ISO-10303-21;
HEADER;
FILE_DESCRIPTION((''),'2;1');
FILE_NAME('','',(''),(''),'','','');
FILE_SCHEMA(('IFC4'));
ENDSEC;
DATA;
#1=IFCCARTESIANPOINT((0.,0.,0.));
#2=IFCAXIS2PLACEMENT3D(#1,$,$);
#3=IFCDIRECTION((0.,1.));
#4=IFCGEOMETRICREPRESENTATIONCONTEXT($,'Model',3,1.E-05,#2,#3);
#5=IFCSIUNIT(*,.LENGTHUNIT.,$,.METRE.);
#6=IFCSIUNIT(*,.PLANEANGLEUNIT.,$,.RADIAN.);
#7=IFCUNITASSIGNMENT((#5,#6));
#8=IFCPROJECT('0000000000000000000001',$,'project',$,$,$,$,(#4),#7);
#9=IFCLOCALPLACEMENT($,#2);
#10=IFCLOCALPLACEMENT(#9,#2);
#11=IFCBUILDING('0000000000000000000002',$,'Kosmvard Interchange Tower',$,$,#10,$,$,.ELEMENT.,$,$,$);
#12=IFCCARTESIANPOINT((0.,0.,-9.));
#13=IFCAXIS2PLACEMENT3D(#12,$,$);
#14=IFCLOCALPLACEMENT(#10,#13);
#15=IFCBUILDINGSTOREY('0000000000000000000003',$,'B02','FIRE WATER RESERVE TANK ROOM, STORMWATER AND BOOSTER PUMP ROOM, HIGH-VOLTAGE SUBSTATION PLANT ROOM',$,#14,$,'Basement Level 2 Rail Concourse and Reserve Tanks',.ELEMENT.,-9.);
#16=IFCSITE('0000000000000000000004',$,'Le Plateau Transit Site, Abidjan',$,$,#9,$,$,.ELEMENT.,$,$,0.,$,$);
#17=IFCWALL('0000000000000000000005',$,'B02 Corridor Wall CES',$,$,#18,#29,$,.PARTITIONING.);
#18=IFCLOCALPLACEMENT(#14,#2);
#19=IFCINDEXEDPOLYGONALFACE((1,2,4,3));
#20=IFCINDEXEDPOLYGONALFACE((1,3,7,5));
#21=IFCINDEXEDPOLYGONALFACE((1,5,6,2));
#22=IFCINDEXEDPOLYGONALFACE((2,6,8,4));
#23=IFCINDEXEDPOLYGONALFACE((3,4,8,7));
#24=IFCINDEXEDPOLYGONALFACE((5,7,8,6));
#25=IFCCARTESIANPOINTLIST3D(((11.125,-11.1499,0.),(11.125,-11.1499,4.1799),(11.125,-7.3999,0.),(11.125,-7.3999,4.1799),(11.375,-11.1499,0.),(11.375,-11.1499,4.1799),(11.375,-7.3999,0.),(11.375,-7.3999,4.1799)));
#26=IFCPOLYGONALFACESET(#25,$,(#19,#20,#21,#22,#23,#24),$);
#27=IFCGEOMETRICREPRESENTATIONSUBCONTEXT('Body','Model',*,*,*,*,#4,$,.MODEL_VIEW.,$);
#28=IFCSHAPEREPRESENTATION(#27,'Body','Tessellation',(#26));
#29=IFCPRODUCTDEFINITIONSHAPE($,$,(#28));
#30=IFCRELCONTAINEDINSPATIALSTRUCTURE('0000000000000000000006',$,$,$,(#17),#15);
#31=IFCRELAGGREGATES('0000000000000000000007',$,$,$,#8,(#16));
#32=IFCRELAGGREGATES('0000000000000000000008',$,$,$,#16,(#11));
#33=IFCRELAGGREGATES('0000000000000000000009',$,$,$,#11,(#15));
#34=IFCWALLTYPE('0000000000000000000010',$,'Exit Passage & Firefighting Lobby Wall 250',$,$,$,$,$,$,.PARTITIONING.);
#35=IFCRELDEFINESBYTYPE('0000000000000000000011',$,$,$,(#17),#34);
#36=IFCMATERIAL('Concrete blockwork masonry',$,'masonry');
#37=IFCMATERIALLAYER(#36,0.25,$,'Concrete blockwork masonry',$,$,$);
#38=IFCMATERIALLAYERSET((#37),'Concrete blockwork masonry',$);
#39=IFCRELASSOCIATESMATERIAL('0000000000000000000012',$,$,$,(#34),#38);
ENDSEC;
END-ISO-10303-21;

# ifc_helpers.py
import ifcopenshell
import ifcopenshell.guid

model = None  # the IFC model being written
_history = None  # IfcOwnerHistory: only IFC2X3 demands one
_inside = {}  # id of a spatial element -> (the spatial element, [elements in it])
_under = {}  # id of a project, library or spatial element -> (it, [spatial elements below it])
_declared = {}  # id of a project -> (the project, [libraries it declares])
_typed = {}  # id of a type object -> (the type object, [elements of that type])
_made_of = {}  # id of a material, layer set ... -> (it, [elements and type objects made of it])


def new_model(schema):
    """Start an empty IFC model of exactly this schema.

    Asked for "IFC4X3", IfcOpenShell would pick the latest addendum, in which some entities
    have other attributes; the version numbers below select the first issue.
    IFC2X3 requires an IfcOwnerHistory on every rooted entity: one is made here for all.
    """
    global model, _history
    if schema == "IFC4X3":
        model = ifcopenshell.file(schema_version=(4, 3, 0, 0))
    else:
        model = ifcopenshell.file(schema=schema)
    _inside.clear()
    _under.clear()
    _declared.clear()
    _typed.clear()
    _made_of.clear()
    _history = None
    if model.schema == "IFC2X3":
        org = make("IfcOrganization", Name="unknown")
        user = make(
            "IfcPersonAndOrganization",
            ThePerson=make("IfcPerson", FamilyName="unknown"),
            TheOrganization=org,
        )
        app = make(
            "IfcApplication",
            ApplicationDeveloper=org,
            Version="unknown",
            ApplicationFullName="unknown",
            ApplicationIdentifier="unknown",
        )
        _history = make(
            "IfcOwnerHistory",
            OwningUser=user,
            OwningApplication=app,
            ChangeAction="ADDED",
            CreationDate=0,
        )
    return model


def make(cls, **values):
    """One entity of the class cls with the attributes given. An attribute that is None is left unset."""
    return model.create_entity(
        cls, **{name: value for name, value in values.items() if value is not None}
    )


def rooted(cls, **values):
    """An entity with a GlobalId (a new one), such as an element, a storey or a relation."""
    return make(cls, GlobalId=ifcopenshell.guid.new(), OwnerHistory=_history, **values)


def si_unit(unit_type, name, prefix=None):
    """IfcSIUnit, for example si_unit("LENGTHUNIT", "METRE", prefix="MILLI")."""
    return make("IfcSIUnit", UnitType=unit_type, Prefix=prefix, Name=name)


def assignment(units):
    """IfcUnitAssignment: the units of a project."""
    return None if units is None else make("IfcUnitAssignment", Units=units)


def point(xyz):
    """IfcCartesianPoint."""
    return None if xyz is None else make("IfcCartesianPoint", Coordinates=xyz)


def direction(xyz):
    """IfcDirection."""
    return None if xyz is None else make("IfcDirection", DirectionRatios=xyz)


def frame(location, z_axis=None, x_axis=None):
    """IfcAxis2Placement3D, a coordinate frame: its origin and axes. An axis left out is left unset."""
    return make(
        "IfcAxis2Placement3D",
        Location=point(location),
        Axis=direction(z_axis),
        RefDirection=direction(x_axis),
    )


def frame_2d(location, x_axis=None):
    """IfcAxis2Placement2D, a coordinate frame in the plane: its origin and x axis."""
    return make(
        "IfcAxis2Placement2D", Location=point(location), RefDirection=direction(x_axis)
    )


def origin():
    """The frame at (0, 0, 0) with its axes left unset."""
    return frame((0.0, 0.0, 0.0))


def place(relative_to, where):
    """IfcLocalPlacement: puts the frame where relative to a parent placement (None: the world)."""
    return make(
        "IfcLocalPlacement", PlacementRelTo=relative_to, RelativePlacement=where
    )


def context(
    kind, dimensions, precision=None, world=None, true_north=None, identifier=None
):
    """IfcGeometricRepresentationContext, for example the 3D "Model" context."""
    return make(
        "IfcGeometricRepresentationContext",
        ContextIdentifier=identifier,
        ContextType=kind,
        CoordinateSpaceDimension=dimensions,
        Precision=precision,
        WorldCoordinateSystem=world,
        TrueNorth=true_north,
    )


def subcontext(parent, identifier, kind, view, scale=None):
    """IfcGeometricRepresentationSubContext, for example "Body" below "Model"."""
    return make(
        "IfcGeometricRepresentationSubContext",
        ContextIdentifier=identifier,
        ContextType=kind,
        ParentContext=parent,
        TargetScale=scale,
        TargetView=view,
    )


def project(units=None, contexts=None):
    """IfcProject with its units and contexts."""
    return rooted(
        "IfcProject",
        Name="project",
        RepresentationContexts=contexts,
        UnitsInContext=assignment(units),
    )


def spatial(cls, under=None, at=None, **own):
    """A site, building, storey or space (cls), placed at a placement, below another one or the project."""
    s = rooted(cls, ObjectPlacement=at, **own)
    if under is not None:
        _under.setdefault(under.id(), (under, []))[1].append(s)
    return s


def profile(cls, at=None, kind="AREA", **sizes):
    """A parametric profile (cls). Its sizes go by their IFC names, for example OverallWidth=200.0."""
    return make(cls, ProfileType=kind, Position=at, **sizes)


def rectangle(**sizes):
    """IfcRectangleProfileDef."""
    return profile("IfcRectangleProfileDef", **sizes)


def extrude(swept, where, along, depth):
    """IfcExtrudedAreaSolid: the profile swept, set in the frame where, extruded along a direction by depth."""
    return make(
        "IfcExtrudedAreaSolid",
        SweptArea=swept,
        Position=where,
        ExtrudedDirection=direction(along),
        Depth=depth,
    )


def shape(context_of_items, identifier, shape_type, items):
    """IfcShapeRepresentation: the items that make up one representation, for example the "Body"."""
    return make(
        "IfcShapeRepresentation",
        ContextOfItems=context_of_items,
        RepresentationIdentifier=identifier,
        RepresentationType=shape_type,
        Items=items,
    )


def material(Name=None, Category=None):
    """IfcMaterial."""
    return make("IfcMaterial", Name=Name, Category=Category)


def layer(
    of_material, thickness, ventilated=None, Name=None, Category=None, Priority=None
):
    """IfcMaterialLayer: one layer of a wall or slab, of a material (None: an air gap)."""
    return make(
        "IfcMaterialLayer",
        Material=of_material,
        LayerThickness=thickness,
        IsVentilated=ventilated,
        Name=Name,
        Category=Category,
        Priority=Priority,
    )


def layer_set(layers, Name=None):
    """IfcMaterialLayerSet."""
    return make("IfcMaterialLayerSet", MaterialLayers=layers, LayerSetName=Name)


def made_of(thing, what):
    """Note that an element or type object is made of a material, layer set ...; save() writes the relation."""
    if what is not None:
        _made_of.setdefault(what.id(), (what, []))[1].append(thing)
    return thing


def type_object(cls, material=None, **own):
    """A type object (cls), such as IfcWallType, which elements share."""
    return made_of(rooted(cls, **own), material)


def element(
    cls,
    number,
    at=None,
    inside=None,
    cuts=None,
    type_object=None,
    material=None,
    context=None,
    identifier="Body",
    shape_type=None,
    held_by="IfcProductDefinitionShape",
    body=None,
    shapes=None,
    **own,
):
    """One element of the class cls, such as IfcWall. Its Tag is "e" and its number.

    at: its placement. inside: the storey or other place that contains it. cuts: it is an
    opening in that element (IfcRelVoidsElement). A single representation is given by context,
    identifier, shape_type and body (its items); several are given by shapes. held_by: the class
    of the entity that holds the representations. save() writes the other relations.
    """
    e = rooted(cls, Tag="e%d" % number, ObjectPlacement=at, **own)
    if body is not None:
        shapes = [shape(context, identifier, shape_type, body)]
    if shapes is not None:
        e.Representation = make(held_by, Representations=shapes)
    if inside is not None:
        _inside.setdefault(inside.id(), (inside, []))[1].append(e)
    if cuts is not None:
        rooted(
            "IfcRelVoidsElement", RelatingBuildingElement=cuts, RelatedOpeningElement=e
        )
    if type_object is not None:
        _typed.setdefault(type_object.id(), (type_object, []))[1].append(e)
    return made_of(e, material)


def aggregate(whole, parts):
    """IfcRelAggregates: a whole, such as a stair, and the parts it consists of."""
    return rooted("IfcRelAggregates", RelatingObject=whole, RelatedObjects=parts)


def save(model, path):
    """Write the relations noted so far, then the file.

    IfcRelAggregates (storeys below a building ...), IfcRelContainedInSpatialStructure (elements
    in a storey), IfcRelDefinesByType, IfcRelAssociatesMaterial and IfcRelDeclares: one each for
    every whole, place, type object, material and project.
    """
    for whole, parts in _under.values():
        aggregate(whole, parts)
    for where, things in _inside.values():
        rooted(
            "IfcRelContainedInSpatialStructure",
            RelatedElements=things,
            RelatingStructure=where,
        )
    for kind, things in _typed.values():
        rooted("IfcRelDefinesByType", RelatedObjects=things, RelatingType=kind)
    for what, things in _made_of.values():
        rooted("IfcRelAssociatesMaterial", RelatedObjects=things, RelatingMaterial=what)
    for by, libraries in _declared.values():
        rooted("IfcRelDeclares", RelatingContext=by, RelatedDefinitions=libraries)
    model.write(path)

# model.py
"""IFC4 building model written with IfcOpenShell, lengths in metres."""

from ifc_helpers import new_model, si_unit, direction, frame, frame_2d, origin, place, context, subcontext, project, spatial, rectangle, extrude, material, layer, layer_set, type_object, element, save


model = new_model("IFC4")

# Units and contexts
model_context = context("Model", 3, precision=1e-05, world=origin(), true_north=direction((0.0, 1.0)))
body_context = subcontext(model_context, "Body", "Model", "MODEL_VIEW")
ifc_project = project(units=[si_unit("LENGTHUNIT", "METRE"), si_unit("PLANEANGLEUNIT", "RADIAN")], contexts=[model_context])

# Site, building, storey
site_placement = place(None, origin())
site = spatial("IfcSite", under=ifc_project, at=site_placement, Name="Le Plateau Transit Site, Abidjan", CompositionType="ELEMENT", RefElevation=0.0)
building_placement = place(site_placement, origin())
building = spatial("IfcBuilding", under=site, at=building_placement, Name="Kosmvard Interchange Tower", CompositionType="ELEMENT")
storey_placement = place(building_placement, frame((0.0, 0.0, -9.0)))
storey = spatial("IfcBuildingStorey", under=building, at=storey_placement, Name="B02", Description="FIRE WATER RESERVE TANK ROOM, STORMWATER AND BOOSTER PUMP ROOM, HIGH-VOLTAGE SUBSTATION PLANT ROOM", LongName="Basement Level 2 Rail Concourse and Reserve Tanks", CompositionType="ELEMENT", Elevation=-9.0)

# Wall
ifc_material_1 = material(Name="Concrete blockwork masonry", Category="masonry")
ifc_layer = layer(ifc_material_1, 0.25, Name="Concrete blockwork masonry")
ifc_layer_set = layer_set([ifc_layer], Name="Concrete blockwork masonry")
wall_type = type_object("IfcWallType", Name="Exit Passage & Firefighting Lobby Wall 250", PredefinedType="PARTITIONING", material=ifc_layer_set)
wall_placement = place(storey_placement, frame((11.25, -11.1499, 0.0), z_axis=(0.0, 0.0, 1.0), x_axis=(0.0, 1.0, 0.0)))
element("IfcWall", 1, at=wall_placement, inside=storey, type_object=wall_type, Name="B02 Corridor Wall CES", PredefinedType="PARTITIONING", context=body_context, shape_type="SweptSolid", body=[
    extrude(rectangle(XDim=3.75, YDim=0.25, at=frame_2d((1.875, 0.0))), origin(), (0.0, 0.0, 1.0), 4.1799),
])

save(model, "model.ifc")
